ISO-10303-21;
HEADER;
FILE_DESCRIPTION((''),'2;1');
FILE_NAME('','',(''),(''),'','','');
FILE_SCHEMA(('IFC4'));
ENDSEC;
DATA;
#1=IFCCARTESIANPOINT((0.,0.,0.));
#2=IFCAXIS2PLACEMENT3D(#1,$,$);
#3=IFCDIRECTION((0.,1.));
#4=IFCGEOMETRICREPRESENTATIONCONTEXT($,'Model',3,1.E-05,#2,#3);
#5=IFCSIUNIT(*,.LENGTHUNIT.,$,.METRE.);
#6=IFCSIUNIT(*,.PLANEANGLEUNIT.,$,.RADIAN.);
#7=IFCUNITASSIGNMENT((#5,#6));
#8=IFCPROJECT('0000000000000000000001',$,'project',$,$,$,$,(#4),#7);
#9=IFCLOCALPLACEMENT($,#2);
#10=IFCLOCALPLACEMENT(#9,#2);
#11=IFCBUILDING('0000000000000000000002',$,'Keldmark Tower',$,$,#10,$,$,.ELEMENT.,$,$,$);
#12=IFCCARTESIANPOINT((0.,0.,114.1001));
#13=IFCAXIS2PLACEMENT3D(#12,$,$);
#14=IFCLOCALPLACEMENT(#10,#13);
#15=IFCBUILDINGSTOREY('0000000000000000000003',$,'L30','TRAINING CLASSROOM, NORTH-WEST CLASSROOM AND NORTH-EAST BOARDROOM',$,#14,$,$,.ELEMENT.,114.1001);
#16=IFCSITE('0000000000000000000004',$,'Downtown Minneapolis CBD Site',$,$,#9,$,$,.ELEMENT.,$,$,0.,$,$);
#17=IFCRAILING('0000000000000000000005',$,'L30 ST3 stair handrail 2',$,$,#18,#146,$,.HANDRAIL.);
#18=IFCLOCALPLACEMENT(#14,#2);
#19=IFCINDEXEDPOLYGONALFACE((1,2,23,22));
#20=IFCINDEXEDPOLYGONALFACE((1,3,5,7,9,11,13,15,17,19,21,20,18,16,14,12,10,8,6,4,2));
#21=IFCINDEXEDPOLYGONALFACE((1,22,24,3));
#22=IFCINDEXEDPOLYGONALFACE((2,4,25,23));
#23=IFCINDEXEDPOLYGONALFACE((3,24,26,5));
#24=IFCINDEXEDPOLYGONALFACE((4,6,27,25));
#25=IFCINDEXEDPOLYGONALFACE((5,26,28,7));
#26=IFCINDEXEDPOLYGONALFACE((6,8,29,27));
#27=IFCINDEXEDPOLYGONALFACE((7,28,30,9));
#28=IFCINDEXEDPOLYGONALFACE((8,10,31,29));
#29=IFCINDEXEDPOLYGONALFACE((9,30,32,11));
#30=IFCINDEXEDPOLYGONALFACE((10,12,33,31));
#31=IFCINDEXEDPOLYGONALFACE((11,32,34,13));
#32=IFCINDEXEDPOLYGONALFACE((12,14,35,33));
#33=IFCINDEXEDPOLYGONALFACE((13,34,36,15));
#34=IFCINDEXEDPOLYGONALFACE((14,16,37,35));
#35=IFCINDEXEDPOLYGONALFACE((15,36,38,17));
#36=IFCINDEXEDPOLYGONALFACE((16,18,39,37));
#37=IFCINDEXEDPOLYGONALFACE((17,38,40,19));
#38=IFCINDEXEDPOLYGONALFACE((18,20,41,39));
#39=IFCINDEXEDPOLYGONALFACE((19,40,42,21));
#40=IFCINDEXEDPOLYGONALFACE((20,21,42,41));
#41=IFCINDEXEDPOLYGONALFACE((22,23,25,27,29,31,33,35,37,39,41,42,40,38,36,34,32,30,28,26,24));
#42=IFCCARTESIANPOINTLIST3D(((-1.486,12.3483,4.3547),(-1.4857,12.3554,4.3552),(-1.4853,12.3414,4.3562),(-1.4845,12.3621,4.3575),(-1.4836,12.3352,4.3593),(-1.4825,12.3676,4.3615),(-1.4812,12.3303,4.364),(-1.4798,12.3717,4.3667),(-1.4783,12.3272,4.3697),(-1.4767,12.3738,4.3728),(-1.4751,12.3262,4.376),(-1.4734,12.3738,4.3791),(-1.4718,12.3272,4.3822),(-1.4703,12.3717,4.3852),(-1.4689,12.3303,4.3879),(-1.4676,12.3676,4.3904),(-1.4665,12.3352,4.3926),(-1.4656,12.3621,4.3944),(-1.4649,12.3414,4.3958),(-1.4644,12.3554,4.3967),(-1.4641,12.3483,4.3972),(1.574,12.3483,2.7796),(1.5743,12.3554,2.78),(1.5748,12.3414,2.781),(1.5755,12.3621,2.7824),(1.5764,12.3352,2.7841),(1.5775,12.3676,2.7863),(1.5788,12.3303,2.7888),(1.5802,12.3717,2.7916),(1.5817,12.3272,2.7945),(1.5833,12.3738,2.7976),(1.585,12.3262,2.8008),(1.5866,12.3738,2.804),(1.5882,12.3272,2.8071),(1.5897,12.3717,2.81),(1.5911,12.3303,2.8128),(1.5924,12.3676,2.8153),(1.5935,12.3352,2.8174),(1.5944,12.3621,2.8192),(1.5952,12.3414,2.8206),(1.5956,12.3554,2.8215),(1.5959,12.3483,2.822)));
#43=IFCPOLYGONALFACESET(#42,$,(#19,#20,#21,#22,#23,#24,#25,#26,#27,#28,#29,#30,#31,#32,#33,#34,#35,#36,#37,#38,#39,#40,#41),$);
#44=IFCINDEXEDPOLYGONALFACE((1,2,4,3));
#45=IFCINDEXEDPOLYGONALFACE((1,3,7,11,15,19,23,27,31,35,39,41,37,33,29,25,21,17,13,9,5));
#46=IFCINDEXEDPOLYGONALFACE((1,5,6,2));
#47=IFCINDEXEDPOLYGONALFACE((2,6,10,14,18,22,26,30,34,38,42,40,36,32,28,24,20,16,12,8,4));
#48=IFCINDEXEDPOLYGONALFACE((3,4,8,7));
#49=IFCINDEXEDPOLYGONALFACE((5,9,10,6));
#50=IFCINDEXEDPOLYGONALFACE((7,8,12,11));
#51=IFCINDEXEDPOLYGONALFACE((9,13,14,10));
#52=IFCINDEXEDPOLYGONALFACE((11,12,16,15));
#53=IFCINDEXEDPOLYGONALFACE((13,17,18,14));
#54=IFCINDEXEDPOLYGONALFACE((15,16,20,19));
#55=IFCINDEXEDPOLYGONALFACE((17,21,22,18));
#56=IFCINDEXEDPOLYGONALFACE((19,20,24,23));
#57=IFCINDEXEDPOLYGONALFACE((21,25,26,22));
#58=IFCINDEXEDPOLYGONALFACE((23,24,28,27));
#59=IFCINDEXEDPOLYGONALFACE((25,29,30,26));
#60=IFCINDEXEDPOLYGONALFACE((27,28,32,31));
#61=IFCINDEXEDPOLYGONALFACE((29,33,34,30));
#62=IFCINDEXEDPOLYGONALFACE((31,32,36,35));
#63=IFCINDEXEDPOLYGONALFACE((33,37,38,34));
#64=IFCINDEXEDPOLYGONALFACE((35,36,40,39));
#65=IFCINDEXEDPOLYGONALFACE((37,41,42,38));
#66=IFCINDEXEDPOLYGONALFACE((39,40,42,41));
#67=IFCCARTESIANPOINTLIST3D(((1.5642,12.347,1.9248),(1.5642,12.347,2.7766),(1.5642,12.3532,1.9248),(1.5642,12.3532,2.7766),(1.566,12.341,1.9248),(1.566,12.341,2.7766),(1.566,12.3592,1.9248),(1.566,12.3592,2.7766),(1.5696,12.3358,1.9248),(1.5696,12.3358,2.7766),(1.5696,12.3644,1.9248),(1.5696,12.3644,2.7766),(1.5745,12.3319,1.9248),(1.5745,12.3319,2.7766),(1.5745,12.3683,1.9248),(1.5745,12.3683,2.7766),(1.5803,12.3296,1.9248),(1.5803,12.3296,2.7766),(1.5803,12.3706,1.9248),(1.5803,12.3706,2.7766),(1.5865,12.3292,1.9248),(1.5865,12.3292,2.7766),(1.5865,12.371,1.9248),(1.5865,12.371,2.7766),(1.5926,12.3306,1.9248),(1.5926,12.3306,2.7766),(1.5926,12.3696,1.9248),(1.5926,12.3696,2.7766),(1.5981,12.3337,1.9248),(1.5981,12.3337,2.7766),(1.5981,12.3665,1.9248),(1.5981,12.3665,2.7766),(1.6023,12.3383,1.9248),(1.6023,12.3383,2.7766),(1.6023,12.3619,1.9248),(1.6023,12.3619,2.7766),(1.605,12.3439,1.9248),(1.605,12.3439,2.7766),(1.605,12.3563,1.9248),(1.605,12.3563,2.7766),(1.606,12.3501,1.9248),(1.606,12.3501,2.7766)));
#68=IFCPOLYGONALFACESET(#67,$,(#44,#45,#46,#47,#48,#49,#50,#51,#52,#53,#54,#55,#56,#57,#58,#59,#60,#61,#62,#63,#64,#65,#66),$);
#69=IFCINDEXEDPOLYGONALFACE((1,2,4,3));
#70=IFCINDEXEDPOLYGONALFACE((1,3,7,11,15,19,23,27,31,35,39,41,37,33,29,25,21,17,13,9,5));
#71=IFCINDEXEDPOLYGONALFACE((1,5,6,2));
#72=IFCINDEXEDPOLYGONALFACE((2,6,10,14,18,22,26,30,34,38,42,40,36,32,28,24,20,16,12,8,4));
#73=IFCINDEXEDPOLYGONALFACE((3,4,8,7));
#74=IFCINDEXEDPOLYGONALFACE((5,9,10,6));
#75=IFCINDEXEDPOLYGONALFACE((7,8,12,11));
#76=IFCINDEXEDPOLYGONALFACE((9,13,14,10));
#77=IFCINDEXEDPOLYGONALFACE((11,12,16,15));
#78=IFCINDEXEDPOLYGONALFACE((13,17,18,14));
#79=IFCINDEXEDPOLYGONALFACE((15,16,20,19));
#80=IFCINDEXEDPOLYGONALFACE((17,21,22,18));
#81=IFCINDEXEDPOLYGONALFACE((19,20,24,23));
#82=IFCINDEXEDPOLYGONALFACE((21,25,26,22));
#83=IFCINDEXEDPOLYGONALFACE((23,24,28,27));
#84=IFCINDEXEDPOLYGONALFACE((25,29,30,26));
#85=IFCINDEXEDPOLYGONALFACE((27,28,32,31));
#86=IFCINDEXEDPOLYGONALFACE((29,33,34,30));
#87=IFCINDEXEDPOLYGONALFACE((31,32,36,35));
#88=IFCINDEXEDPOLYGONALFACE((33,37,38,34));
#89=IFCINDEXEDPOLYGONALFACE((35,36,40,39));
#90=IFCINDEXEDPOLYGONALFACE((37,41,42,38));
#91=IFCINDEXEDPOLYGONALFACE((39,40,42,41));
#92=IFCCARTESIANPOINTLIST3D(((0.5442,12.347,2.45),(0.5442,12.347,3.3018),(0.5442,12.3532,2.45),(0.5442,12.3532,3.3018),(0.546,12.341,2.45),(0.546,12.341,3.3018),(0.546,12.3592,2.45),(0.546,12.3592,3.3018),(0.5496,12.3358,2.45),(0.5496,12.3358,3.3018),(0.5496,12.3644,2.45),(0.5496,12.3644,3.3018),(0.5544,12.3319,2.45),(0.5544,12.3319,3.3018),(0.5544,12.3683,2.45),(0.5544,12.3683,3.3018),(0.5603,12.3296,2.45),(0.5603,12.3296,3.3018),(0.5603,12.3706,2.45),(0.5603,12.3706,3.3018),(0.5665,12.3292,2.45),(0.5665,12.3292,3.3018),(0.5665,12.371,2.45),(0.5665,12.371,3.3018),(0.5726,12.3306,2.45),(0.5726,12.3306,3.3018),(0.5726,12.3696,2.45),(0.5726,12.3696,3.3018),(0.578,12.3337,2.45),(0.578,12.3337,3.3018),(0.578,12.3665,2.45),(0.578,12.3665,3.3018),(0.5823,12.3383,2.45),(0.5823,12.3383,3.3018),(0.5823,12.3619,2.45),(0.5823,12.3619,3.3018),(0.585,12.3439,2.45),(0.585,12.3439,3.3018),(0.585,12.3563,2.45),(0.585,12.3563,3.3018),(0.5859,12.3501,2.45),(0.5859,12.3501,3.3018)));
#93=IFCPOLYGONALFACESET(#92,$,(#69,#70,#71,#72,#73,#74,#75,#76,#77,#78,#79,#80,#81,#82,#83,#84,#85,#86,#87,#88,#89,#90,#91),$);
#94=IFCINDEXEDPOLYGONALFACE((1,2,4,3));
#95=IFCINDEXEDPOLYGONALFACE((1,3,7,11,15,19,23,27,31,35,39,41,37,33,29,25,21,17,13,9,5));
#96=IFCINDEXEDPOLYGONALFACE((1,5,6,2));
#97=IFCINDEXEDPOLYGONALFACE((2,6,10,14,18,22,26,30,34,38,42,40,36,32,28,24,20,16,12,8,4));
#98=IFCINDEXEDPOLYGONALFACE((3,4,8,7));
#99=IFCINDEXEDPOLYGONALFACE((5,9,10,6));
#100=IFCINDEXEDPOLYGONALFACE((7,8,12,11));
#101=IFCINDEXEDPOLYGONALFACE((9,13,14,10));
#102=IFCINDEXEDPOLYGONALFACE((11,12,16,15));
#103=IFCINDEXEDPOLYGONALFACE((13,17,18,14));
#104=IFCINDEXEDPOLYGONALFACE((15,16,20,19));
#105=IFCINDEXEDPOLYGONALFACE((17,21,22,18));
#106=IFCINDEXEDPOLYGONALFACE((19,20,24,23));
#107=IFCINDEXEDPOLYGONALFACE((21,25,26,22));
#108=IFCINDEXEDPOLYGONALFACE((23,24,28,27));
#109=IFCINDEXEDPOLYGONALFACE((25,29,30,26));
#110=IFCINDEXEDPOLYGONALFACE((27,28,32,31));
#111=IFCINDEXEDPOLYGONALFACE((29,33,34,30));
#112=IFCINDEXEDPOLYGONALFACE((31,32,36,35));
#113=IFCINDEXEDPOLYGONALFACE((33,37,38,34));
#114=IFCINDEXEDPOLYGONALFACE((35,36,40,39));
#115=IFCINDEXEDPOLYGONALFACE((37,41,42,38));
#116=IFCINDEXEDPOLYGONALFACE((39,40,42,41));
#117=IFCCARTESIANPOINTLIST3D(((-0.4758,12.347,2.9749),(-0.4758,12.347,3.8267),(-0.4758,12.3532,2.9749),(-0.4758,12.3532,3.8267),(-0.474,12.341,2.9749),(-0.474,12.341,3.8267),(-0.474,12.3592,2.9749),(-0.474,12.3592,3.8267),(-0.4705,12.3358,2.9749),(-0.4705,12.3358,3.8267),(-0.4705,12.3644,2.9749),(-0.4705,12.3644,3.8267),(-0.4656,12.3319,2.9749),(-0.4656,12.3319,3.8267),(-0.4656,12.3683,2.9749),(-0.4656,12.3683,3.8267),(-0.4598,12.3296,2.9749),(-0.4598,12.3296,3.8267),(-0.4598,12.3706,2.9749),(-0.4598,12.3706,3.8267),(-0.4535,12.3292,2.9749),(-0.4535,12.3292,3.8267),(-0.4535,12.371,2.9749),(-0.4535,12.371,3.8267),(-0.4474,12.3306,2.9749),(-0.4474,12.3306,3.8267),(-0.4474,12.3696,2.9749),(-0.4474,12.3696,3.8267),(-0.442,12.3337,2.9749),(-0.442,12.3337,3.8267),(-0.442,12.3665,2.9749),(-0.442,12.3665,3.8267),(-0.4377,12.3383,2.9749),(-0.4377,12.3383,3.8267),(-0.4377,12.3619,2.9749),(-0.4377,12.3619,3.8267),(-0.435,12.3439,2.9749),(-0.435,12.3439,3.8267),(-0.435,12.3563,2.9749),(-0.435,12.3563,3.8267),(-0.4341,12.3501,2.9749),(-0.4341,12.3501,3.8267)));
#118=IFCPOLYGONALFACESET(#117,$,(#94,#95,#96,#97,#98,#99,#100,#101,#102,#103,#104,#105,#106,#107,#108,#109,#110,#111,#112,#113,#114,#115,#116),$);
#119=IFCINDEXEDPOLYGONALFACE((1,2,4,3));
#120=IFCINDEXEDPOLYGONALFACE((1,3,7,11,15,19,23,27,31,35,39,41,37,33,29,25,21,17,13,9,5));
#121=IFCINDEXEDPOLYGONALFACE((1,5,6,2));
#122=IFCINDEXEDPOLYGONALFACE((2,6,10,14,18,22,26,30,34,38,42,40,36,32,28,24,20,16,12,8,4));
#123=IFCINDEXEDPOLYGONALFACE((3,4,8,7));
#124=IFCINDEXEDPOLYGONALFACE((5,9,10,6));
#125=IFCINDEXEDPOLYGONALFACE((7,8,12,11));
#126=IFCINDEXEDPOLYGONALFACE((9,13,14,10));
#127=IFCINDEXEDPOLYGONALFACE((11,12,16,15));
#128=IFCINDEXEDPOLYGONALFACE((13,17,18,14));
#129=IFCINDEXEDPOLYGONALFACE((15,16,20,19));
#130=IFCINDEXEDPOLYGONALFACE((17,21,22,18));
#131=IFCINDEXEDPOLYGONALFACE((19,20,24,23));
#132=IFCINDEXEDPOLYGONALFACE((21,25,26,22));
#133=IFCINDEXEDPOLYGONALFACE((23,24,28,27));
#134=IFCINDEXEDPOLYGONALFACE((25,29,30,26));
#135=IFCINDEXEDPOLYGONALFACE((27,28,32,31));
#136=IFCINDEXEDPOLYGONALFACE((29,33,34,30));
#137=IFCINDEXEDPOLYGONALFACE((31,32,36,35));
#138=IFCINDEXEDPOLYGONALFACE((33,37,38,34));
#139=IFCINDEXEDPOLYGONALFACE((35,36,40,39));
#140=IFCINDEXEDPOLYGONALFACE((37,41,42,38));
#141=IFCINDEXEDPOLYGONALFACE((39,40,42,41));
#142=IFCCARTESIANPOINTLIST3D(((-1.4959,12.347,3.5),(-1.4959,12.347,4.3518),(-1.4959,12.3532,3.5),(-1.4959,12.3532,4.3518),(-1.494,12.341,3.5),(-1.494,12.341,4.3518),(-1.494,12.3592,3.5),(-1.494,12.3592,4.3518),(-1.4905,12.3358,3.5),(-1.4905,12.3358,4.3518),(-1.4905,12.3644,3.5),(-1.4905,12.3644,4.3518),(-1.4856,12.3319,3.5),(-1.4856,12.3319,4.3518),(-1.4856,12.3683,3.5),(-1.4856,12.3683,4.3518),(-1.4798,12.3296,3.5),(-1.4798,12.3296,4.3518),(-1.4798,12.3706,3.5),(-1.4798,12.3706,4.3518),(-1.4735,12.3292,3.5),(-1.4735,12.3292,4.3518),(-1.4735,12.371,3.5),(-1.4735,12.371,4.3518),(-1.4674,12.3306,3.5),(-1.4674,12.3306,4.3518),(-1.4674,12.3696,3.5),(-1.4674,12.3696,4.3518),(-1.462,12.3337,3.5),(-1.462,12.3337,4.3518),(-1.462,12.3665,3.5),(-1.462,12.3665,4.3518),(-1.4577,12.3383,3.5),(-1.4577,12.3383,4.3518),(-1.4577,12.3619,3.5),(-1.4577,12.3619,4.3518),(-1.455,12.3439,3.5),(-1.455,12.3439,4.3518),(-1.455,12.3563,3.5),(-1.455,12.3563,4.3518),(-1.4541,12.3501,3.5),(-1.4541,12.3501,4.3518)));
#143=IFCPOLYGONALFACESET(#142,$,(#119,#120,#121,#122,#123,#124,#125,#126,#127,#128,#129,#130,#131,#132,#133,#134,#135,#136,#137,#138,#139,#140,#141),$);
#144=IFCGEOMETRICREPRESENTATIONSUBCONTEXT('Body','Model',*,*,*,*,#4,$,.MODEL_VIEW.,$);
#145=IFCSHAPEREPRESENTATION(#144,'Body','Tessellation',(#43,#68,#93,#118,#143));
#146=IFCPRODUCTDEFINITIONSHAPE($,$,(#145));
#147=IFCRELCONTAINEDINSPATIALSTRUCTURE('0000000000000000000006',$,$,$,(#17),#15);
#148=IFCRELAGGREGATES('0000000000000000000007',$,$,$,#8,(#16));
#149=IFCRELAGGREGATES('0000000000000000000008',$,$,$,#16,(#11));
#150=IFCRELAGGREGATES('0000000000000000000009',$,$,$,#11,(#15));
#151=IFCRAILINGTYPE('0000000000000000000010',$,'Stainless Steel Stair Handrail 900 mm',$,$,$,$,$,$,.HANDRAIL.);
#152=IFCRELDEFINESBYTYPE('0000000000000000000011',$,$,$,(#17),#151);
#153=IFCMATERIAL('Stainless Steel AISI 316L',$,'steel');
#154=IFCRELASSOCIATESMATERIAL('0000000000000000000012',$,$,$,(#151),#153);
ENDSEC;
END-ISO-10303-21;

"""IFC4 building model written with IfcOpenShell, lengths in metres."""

from ifc_helpers import new_model, si_unit, direction, frame, origin, origin_2d, place, context, subcontext, project, spatial, circle, extrude, material, type_object, element, save


model = new_model("IFC4")

# Units and contexts
model_context = context("Model", 3, precision=1e-05, world=origin(), true_north=direction((0.0, 1.0)))
body_context = subcontext(model_context, "Body", "Model", "MODEL_VIEW")
ifc_project = project(units=[si_unit("LENGTHUNIT", "METRE"), si_unit("PLANEANGLEUNIT", "RADIAN")], contexts=[model_context])

# Site, building, storey
site_placement = place(None, origin())
site = spatial("IfcSite", under=ifc_project, at=site_placement, Name="Downtown Minneapolis CBD Site", CompositionType="ELEMENT", RefElevation=0.0)
building_placement = place(site_placement, origin())
building = spatial("IfcBuilding", under=site, at=building_placement, Name="Keldmark Tower", CompositionType="ELEMENT")
storey_placement = place(building_placement, frame((0.0, 0.0, 114.1001)))
storey = spatial("IfcBuildingStorey", under=building, at=storey_placement, Name="L30", Description="TRAINING CLASSROOM, NORTH-WEST CLASSROOM AND NORTH-EAST BOARDROOM", CompositionType="ELEMENT", Elevation=114.1001)

# Railing
ifc_material_1 = material(Name="Stainless Steel AISI 316L", Category="steel")
railing_type_1 = type_object("IfcRailingType", Name="Stainless Steel Stair Handrail 900 mm", PredefinedType="HANDRAIL", material=ifc_material_1)
railing_1_placement = place(storey_placement, frame((1.585, 12.3501, 1.9248)))
element("IfcRailing", 1, at=railing_1_placement, inside=storey, type_object=railing_type_1, Name="L30 ST3 stair handrail 2", PredefinedType="HANDRAIL", context=body_context, shape_type="SweptSolid", body=[
    extrude(circle(Radius=0.0239, at=origin_2d()), frame((0.0, 0.0, 0.876), z_axis=(-0.889116, 0.0, 0.457681), x_axis=(0.0, -1.0, 0.0)), (0.0, 0.0, 1.0), 3.4417),
    extrude(circle(Radius=0.021, at=origin_2d()), origin(), (0.0, 0.0, 1.0), 0.8518),
    extrude(circle(Radius=0.021, at=origin_2d()), frame((-1.02, 0.0, 0.5251)), (0.0, 0.0, 1.0), 0.8518),
    extrude(circle(Radius=0.021, at=origin_2d()), frame((-2.04, 0.0, 1.05)), (0.0, 0.0, 1.0), 0.8518),
    extrude(circle(Radius=0.021, at=origin_2d()), frame((-3.0601, 0.0, 1.5752)), (0.0, 0.0, 1.0), 0.8518),
])

save(model, "model.ifc")
